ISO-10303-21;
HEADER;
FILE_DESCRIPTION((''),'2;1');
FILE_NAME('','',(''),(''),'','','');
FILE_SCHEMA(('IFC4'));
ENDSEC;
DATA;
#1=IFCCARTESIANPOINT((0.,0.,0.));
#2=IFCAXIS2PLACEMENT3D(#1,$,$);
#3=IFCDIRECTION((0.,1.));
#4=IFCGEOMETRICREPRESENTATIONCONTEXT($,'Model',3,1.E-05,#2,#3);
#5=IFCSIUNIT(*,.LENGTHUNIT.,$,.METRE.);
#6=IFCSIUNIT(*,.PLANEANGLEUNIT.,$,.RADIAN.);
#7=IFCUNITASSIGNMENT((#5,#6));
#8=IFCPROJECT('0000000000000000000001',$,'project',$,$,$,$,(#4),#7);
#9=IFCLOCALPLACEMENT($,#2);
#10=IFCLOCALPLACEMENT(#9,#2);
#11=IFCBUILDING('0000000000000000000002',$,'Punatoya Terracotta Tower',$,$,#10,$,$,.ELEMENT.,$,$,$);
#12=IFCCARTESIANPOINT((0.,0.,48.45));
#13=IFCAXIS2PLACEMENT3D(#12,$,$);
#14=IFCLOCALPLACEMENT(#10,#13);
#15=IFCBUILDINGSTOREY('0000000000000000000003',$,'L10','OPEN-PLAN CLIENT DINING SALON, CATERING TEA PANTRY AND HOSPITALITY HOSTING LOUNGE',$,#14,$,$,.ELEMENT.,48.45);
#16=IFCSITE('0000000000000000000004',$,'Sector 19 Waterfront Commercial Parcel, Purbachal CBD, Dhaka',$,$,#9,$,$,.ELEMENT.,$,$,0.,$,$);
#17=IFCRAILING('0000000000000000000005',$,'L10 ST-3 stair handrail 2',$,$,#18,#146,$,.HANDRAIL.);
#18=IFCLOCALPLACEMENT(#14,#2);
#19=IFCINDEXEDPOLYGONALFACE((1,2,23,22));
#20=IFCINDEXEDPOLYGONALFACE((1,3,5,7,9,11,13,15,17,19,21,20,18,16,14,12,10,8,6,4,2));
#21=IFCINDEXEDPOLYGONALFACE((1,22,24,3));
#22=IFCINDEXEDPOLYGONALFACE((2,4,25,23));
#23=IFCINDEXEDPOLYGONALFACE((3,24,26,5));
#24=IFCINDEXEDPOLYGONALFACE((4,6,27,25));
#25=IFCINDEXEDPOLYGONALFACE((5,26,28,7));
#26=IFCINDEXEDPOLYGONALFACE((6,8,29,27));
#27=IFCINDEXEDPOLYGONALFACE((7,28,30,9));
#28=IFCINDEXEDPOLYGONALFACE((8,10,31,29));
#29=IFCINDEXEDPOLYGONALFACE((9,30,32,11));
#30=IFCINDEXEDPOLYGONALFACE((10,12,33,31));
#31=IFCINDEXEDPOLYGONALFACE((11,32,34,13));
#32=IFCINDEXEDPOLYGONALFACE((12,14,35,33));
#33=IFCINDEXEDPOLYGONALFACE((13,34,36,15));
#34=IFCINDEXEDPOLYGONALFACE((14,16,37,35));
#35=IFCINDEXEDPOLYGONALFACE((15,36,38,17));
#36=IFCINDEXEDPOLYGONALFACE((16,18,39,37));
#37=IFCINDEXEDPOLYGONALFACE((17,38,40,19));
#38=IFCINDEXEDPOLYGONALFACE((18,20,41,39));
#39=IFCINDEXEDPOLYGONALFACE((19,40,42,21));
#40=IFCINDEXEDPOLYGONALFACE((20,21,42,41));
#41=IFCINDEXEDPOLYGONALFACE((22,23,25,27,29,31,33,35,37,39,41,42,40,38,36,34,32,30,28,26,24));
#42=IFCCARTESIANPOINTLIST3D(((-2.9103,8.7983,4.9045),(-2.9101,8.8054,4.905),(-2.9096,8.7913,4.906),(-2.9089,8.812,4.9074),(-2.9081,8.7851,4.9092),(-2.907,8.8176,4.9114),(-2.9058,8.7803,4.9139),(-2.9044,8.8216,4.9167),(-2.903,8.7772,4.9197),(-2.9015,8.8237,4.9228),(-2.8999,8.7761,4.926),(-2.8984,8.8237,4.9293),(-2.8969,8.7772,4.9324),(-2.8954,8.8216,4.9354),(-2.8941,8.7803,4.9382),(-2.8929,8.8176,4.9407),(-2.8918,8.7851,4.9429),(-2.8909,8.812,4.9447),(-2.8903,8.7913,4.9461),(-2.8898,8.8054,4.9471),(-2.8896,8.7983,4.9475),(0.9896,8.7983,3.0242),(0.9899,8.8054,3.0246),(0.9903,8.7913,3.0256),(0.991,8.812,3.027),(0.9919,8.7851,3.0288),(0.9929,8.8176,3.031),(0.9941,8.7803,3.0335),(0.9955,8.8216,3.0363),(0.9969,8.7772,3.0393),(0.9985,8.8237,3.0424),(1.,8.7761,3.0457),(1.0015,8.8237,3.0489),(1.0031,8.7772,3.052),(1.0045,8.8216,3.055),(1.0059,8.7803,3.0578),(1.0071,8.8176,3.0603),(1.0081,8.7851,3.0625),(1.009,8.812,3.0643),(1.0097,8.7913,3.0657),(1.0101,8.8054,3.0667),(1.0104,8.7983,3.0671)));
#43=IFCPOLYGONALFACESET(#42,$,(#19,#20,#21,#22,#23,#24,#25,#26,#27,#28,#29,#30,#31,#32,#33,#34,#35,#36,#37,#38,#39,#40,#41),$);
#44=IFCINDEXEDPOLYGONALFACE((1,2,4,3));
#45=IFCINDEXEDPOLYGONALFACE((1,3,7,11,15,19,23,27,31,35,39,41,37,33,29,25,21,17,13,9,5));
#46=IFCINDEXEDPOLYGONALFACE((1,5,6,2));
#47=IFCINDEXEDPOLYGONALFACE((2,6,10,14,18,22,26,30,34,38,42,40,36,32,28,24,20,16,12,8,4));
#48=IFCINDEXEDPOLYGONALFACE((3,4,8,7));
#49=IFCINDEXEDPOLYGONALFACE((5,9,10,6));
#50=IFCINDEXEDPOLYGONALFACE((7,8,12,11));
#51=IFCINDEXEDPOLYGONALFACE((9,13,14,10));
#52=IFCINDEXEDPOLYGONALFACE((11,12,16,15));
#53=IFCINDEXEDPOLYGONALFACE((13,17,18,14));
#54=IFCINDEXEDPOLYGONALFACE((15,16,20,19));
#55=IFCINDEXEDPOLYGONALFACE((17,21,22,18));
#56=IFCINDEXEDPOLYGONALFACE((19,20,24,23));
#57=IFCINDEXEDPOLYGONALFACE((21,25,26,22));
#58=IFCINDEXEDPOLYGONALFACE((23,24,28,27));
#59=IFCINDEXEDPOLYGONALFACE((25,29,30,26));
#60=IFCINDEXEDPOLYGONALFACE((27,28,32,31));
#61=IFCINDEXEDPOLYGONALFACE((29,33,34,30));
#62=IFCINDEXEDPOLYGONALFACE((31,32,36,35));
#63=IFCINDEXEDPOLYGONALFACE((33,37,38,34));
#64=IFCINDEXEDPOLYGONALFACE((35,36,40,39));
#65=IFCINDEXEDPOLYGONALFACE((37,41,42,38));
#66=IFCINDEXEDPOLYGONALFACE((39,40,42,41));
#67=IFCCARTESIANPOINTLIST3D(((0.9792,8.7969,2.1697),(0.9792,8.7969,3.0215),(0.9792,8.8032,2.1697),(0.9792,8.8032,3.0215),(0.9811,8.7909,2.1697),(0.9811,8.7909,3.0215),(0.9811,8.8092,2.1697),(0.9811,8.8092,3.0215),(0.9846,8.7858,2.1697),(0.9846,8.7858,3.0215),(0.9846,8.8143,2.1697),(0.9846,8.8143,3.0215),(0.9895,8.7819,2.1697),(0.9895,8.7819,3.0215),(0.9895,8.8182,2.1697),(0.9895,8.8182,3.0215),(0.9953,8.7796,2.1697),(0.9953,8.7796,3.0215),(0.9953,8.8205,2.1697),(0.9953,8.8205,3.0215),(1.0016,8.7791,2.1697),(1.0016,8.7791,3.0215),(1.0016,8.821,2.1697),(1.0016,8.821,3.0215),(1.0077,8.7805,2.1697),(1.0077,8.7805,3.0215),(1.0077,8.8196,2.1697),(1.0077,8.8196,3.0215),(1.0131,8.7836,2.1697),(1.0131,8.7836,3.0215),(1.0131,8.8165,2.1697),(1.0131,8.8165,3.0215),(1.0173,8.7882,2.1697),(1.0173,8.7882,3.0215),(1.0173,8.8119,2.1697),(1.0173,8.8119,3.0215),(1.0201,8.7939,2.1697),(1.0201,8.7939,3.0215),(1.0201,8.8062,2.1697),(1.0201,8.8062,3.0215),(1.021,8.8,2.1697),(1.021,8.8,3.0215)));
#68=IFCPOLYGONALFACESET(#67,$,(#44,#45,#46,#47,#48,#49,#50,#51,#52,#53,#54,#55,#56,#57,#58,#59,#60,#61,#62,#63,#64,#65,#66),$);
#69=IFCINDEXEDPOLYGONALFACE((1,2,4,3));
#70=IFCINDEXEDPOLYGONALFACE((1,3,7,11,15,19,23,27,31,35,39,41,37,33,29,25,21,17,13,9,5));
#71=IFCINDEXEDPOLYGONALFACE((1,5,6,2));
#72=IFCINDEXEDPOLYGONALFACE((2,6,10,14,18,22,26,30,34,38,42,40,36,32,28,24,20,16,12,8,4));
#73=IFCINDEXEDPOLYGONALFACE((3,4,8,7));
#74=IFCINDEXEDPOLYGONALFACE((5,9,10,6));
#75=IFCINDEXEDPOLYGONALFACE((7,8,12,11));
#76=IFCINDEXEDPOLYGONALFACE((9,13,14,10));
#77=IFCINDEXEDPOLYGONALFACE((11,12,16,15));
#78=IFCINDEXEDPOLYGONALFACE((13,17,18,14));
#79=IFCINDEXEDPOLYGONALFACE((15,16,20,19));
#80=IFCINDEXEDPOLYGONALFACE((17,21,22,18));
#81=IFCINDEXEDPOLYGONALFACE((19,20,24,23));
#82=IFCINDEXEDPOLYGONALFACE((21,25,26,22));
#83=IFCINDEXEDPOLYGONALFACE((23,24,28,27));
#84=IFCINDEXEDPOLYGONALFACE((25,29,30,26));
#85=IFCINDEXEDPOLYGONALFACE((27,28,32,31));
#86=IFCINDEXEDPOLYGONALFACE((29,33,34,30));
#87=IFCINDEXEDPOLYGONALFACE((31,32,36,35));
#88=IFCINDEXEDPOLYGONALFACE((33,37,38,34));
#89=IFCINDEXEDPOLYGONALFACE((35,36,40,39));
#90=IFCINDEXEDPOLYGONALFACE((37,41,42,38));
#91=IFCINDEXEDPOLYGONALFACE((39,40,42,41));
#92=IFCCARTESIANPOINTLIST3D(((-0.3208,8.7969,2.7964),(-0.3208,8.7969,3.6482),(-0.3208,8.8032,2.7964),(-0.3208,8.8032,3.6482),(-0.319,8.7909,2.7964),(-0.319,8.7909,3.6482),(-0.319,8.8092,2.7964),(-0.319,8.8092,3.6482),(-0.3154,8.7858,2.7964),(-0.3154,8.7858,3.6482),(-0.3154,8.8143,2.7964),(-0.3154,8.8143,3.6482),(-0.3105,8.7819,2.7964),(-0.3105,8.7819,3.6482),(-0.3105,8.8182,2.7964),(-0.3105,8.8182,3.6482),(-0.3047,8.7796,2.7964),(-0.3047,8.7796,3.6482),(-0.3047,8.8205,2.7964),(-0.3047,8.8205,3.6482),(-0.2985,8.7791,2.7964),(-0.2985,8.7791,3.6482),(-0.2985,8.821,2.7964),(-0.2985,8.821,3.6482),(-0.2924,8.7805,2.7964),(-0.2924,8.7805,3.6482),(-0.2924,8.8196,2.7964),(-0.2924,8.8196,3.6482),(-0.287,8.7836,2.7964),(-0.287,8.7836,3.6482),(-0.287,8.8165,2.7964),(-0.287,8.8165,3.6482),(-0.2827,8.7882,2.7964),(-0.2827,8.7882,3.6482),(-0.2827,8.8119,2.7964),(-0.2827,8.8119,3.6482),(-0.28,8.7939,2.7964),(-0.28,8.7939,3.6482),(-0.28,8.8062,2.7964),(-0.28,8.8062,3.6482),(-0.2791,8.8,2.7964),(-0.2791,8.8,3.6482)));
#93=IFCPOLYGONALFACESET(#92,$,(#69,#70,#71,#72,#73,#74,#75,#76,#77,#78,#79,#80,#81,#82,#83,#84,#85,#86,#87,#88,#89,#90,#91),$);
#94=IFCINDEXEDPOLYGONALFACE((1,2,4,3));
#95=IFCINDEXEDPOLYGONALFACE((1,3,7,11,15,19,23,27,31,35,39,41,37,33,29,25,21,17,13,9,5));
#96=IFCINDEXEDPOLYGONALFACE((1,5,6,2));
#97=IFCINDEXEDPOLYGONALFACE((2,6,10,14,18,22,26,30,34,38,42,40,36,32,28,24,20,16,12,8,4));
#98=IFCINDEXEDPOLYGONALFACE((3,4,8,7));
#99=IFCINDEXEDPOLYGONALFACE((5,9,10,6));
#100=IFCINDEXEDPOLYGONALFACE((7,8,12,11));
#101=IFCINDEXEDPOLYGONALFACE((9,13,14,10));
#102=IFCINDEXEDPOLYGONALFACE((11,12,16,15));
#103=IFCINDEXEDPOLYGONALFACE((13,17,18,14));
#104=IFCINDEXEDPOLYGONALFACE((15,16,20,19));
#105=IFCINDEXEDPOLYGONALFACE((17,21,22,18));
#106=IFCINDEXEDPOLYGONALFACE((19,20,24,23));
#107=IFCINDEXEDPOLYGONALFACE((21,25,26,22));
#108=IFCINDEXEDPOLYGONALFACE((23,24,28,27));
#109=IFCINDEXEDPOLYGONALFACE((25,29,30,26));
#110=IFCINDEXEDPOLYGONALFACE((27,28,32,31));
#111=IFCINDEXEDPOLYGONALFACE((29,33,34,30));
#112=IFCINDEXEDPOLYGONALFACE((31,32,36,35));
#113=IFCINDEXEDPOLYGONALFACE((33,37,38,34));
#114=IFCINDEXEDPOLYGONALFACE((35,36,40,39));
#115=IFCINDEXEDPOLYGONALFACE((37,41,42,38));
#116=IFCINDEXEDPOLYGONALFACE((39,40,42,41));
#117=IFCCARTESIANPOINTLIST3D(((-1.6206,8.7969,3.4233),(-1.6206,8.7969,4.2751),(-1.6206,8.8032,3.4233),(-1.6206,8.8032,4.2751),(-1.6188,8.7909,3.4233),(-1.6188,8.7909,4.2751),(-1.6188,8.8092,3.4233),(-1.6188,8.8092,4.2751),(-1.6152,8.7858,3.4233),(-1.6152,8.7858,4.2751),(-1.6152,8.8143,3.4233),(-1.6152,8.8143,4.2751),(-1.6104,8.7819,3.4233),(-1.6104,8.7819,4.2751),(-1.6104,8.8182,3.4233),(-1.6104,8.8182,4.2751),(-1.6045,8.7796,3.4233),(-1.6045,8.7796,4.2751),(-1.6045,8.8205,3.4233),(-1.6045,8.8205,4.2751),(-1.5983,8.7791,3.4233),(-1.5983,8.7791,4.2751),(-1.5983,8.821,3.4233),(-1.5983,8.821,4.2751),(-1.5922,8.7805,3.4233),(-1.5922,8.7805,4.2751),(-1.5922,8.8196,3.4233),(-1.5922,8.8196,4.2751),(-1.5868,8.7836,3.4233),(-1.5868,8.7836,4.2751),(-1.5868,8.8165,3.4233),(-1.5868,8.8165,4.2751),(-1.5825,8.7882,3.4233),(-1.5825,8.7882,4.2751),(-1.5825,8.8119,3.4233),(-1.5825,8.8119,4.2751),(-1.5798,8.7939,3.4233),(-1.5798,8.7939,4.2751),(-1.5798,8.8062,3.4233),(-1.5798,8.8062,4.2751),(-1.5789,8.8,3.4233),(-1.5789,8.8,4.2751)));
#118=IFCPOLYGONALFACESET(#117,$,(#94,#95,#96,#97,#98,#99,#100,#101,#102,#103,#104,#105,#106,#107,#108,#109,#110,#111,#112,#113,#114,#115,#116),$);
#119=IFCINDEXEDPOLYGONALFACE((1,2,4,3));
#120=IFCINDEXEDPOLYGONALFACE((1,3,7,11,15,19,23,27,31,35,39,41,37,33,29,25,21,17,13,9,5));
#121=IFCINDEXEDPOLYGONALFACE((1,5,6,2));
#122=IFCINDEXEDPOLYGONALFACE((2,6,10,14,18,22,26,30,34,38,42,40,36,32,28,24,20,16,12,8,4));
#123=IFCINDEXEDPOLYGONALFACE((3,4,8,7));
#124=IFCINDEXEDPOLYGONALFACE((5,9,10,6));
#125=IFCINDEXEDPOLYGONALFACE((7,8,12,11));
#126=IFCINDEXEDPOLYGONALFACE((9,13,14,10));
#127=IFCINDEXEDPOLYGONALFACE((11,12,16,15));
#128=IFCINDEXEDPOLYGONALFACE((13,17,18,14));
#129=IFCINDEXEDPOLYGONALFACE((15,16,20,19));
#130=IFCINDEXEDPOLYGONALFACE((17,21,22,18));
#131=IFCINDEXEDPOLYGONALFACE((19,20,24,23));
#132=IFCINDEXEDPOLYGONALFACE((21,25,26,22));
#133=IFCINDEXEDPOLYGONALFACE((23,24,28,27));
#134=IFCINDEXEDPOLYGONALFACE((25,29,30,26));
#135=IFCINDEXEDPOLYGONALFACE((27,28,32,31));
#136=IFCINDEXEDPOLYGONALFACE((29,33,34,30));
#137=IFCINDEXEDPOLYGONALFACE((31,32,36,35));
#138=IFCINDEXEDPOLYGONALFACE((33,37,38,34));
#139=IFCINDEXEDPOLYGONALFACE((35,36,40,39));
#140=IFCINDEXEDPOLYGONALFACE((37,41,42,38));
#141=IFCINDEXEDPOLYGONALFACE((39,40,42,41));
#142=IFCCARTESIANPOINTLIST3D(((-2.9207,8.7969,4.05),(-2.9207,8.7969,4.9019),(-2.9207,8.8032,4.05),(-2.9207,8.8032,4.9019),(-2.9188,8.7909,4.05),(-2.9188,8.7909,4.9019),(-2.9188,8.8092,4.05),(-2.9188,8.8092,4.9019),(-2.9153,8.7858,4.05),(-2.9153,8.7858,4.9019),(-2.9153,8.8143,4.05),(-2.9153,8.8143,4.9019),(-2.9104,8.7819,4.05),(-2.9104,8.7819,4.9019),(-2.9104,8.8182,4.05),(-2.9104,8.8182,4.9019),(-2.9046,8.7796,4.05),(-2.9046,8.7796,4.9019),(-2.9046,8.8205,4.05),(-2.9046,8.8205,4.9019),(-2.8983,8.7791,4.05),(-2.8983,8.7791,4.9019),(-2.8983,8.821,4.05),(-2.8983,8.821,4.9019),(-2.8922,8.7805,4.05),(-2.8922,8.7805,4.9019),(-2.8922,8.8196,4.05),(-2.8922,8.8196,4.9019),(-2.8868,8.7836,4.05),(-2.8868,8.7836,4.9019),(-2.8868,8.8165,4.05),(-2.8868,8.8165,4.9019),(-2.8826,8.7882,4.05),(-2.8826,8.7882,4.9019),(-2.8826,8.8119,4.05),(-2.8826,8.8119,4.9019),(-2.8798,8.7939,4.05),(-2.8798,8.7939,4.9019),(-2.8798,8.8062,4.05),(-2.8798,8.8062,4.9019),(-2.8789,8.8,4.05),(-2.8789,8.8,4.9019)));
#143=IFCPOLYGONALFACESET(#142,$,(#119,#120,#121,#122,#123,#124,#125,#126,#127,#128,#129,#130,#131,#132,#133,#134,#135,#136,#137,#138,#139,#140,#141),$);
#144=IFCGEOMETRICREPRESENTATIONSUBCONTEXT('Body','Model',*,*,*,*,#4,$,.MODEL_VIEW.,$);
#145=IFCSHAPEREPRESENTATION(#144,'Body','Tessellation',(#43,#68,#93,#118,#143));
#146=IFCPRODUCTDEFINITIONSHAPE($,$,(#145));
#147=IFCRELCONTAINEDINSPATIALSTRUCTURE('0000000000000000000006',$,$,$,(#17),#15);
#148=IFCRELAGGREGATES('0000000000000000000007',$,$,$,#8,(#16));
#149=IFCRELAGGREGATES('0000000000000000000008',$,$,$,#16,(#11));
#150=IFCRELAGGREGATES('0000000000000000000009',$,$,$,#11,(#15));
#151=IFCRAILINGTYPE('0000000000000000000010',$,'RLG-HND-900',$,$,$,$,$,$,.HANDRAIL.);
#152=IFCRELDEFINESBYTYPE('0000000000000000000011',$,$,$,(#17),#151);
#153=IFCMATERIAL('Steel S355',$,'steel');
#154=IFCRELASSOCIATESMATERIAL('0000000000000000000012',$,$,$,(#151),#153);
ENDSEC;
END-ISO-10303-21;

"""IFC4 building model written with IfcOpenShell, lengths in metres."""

from ifc_helpers import new_model, si_unit, direction, frame, origin, origin_2d, place, context, subcontext, project, spatial, circle, extrude, material, type_object, element, save


model = new_model("IFC4")

# Units and contexts
model_context = context("Model", 3, precision=1e-05, world=origin(), true_north=direction((0.0, 1.0)))
body_context = subcontext(model_context, "Body", "Model", "MODEL_VIEW")
ifc_project = project(units=[si_unit("LENGTHUNIT", "METRE"), si_unit("PLANEANGLEUNIT", "RADIAN")], contexts=[model_context])

# Site, building, storey
site_placement = place(None, origin())
site = spatial("IfcSite", under=ifc_project, at=site_placement, Name="Sector 19 Waterfront Commercial Parcel, Purbachal CBD, Dhaka", CompositionType="ELEMENT", RefElevation=0.0)
building_placement = place(site_placement, origin())
building = spatial("IfcBuilding", under=site, at=building_placement, Name="Punatoya Terracotta Tower", CompositionType="ELEMENT")
storey_placement = place(building_placement, frame((0.0, 0.0, 48.45)))
storey = spatial("IfcBuildingStorey", under=building, at=storey_placement, Name="L10", Description="OPEN-PLAN CLIENT DINING SALON, CATERING TEA PANTRY AND HOSPITALITY HOSTING LOUNGE", CompositionType="ELEMENT", Elevation=48.45)

# Shared definitions
ifc_material_1 = material(Name="Steel S355", Category="steel")

# Railing
railing_type_1 = type_object("IfcRailingType", Name="RLG-HND-900", PredefinedType="HANDRAIL", material=ifc_material_1)
railing_1_placement = place(storey_placement, frame((1.0, 8.8, 2.1697)))
element("IfcRailing", 1, at=railing_1_placement, inside=storey, type_object=railing_type_1, Name="L10 ST-3 stair handrail 2", PredefinedType="HANDRAIL", context=body_context, shape_type="SweptSolid", body=[
    extrude(circle(Radius=0.0239, at=origin_2d()), frame((0.0, 0.0, 0.876), z_axis=(-0.900763, 0.0, 0.434311), x_axis=(0.0, -1.0, 0.0)), (0.0, 0.0, 1.0), 4.3296),
    extrude(circle(Radius=0.021, at=origin_2d()), origin(), (0.0, 0.0, 1.0), 0.8518),
    extrude(circle(Radius=0.021, at=origin_2d()), frame((-1.3, 0.0, 0.6267)), (0.0, 0.0, 1.0), 0.8518),
    extrude(circle(Radius=0.021, at=origin_2d()), frame((-2.5999, 0.0, 1.2537)), (0.0, 0.0, 1.0), 0.8518),
    extrude(circle(Radius=0.021, at=origin_2d()), frame((-3.8999, 0.0, 1.8804)), (0.0, 0.0, 1.0), 0.8518),
])

save(model, "model.ifc")
